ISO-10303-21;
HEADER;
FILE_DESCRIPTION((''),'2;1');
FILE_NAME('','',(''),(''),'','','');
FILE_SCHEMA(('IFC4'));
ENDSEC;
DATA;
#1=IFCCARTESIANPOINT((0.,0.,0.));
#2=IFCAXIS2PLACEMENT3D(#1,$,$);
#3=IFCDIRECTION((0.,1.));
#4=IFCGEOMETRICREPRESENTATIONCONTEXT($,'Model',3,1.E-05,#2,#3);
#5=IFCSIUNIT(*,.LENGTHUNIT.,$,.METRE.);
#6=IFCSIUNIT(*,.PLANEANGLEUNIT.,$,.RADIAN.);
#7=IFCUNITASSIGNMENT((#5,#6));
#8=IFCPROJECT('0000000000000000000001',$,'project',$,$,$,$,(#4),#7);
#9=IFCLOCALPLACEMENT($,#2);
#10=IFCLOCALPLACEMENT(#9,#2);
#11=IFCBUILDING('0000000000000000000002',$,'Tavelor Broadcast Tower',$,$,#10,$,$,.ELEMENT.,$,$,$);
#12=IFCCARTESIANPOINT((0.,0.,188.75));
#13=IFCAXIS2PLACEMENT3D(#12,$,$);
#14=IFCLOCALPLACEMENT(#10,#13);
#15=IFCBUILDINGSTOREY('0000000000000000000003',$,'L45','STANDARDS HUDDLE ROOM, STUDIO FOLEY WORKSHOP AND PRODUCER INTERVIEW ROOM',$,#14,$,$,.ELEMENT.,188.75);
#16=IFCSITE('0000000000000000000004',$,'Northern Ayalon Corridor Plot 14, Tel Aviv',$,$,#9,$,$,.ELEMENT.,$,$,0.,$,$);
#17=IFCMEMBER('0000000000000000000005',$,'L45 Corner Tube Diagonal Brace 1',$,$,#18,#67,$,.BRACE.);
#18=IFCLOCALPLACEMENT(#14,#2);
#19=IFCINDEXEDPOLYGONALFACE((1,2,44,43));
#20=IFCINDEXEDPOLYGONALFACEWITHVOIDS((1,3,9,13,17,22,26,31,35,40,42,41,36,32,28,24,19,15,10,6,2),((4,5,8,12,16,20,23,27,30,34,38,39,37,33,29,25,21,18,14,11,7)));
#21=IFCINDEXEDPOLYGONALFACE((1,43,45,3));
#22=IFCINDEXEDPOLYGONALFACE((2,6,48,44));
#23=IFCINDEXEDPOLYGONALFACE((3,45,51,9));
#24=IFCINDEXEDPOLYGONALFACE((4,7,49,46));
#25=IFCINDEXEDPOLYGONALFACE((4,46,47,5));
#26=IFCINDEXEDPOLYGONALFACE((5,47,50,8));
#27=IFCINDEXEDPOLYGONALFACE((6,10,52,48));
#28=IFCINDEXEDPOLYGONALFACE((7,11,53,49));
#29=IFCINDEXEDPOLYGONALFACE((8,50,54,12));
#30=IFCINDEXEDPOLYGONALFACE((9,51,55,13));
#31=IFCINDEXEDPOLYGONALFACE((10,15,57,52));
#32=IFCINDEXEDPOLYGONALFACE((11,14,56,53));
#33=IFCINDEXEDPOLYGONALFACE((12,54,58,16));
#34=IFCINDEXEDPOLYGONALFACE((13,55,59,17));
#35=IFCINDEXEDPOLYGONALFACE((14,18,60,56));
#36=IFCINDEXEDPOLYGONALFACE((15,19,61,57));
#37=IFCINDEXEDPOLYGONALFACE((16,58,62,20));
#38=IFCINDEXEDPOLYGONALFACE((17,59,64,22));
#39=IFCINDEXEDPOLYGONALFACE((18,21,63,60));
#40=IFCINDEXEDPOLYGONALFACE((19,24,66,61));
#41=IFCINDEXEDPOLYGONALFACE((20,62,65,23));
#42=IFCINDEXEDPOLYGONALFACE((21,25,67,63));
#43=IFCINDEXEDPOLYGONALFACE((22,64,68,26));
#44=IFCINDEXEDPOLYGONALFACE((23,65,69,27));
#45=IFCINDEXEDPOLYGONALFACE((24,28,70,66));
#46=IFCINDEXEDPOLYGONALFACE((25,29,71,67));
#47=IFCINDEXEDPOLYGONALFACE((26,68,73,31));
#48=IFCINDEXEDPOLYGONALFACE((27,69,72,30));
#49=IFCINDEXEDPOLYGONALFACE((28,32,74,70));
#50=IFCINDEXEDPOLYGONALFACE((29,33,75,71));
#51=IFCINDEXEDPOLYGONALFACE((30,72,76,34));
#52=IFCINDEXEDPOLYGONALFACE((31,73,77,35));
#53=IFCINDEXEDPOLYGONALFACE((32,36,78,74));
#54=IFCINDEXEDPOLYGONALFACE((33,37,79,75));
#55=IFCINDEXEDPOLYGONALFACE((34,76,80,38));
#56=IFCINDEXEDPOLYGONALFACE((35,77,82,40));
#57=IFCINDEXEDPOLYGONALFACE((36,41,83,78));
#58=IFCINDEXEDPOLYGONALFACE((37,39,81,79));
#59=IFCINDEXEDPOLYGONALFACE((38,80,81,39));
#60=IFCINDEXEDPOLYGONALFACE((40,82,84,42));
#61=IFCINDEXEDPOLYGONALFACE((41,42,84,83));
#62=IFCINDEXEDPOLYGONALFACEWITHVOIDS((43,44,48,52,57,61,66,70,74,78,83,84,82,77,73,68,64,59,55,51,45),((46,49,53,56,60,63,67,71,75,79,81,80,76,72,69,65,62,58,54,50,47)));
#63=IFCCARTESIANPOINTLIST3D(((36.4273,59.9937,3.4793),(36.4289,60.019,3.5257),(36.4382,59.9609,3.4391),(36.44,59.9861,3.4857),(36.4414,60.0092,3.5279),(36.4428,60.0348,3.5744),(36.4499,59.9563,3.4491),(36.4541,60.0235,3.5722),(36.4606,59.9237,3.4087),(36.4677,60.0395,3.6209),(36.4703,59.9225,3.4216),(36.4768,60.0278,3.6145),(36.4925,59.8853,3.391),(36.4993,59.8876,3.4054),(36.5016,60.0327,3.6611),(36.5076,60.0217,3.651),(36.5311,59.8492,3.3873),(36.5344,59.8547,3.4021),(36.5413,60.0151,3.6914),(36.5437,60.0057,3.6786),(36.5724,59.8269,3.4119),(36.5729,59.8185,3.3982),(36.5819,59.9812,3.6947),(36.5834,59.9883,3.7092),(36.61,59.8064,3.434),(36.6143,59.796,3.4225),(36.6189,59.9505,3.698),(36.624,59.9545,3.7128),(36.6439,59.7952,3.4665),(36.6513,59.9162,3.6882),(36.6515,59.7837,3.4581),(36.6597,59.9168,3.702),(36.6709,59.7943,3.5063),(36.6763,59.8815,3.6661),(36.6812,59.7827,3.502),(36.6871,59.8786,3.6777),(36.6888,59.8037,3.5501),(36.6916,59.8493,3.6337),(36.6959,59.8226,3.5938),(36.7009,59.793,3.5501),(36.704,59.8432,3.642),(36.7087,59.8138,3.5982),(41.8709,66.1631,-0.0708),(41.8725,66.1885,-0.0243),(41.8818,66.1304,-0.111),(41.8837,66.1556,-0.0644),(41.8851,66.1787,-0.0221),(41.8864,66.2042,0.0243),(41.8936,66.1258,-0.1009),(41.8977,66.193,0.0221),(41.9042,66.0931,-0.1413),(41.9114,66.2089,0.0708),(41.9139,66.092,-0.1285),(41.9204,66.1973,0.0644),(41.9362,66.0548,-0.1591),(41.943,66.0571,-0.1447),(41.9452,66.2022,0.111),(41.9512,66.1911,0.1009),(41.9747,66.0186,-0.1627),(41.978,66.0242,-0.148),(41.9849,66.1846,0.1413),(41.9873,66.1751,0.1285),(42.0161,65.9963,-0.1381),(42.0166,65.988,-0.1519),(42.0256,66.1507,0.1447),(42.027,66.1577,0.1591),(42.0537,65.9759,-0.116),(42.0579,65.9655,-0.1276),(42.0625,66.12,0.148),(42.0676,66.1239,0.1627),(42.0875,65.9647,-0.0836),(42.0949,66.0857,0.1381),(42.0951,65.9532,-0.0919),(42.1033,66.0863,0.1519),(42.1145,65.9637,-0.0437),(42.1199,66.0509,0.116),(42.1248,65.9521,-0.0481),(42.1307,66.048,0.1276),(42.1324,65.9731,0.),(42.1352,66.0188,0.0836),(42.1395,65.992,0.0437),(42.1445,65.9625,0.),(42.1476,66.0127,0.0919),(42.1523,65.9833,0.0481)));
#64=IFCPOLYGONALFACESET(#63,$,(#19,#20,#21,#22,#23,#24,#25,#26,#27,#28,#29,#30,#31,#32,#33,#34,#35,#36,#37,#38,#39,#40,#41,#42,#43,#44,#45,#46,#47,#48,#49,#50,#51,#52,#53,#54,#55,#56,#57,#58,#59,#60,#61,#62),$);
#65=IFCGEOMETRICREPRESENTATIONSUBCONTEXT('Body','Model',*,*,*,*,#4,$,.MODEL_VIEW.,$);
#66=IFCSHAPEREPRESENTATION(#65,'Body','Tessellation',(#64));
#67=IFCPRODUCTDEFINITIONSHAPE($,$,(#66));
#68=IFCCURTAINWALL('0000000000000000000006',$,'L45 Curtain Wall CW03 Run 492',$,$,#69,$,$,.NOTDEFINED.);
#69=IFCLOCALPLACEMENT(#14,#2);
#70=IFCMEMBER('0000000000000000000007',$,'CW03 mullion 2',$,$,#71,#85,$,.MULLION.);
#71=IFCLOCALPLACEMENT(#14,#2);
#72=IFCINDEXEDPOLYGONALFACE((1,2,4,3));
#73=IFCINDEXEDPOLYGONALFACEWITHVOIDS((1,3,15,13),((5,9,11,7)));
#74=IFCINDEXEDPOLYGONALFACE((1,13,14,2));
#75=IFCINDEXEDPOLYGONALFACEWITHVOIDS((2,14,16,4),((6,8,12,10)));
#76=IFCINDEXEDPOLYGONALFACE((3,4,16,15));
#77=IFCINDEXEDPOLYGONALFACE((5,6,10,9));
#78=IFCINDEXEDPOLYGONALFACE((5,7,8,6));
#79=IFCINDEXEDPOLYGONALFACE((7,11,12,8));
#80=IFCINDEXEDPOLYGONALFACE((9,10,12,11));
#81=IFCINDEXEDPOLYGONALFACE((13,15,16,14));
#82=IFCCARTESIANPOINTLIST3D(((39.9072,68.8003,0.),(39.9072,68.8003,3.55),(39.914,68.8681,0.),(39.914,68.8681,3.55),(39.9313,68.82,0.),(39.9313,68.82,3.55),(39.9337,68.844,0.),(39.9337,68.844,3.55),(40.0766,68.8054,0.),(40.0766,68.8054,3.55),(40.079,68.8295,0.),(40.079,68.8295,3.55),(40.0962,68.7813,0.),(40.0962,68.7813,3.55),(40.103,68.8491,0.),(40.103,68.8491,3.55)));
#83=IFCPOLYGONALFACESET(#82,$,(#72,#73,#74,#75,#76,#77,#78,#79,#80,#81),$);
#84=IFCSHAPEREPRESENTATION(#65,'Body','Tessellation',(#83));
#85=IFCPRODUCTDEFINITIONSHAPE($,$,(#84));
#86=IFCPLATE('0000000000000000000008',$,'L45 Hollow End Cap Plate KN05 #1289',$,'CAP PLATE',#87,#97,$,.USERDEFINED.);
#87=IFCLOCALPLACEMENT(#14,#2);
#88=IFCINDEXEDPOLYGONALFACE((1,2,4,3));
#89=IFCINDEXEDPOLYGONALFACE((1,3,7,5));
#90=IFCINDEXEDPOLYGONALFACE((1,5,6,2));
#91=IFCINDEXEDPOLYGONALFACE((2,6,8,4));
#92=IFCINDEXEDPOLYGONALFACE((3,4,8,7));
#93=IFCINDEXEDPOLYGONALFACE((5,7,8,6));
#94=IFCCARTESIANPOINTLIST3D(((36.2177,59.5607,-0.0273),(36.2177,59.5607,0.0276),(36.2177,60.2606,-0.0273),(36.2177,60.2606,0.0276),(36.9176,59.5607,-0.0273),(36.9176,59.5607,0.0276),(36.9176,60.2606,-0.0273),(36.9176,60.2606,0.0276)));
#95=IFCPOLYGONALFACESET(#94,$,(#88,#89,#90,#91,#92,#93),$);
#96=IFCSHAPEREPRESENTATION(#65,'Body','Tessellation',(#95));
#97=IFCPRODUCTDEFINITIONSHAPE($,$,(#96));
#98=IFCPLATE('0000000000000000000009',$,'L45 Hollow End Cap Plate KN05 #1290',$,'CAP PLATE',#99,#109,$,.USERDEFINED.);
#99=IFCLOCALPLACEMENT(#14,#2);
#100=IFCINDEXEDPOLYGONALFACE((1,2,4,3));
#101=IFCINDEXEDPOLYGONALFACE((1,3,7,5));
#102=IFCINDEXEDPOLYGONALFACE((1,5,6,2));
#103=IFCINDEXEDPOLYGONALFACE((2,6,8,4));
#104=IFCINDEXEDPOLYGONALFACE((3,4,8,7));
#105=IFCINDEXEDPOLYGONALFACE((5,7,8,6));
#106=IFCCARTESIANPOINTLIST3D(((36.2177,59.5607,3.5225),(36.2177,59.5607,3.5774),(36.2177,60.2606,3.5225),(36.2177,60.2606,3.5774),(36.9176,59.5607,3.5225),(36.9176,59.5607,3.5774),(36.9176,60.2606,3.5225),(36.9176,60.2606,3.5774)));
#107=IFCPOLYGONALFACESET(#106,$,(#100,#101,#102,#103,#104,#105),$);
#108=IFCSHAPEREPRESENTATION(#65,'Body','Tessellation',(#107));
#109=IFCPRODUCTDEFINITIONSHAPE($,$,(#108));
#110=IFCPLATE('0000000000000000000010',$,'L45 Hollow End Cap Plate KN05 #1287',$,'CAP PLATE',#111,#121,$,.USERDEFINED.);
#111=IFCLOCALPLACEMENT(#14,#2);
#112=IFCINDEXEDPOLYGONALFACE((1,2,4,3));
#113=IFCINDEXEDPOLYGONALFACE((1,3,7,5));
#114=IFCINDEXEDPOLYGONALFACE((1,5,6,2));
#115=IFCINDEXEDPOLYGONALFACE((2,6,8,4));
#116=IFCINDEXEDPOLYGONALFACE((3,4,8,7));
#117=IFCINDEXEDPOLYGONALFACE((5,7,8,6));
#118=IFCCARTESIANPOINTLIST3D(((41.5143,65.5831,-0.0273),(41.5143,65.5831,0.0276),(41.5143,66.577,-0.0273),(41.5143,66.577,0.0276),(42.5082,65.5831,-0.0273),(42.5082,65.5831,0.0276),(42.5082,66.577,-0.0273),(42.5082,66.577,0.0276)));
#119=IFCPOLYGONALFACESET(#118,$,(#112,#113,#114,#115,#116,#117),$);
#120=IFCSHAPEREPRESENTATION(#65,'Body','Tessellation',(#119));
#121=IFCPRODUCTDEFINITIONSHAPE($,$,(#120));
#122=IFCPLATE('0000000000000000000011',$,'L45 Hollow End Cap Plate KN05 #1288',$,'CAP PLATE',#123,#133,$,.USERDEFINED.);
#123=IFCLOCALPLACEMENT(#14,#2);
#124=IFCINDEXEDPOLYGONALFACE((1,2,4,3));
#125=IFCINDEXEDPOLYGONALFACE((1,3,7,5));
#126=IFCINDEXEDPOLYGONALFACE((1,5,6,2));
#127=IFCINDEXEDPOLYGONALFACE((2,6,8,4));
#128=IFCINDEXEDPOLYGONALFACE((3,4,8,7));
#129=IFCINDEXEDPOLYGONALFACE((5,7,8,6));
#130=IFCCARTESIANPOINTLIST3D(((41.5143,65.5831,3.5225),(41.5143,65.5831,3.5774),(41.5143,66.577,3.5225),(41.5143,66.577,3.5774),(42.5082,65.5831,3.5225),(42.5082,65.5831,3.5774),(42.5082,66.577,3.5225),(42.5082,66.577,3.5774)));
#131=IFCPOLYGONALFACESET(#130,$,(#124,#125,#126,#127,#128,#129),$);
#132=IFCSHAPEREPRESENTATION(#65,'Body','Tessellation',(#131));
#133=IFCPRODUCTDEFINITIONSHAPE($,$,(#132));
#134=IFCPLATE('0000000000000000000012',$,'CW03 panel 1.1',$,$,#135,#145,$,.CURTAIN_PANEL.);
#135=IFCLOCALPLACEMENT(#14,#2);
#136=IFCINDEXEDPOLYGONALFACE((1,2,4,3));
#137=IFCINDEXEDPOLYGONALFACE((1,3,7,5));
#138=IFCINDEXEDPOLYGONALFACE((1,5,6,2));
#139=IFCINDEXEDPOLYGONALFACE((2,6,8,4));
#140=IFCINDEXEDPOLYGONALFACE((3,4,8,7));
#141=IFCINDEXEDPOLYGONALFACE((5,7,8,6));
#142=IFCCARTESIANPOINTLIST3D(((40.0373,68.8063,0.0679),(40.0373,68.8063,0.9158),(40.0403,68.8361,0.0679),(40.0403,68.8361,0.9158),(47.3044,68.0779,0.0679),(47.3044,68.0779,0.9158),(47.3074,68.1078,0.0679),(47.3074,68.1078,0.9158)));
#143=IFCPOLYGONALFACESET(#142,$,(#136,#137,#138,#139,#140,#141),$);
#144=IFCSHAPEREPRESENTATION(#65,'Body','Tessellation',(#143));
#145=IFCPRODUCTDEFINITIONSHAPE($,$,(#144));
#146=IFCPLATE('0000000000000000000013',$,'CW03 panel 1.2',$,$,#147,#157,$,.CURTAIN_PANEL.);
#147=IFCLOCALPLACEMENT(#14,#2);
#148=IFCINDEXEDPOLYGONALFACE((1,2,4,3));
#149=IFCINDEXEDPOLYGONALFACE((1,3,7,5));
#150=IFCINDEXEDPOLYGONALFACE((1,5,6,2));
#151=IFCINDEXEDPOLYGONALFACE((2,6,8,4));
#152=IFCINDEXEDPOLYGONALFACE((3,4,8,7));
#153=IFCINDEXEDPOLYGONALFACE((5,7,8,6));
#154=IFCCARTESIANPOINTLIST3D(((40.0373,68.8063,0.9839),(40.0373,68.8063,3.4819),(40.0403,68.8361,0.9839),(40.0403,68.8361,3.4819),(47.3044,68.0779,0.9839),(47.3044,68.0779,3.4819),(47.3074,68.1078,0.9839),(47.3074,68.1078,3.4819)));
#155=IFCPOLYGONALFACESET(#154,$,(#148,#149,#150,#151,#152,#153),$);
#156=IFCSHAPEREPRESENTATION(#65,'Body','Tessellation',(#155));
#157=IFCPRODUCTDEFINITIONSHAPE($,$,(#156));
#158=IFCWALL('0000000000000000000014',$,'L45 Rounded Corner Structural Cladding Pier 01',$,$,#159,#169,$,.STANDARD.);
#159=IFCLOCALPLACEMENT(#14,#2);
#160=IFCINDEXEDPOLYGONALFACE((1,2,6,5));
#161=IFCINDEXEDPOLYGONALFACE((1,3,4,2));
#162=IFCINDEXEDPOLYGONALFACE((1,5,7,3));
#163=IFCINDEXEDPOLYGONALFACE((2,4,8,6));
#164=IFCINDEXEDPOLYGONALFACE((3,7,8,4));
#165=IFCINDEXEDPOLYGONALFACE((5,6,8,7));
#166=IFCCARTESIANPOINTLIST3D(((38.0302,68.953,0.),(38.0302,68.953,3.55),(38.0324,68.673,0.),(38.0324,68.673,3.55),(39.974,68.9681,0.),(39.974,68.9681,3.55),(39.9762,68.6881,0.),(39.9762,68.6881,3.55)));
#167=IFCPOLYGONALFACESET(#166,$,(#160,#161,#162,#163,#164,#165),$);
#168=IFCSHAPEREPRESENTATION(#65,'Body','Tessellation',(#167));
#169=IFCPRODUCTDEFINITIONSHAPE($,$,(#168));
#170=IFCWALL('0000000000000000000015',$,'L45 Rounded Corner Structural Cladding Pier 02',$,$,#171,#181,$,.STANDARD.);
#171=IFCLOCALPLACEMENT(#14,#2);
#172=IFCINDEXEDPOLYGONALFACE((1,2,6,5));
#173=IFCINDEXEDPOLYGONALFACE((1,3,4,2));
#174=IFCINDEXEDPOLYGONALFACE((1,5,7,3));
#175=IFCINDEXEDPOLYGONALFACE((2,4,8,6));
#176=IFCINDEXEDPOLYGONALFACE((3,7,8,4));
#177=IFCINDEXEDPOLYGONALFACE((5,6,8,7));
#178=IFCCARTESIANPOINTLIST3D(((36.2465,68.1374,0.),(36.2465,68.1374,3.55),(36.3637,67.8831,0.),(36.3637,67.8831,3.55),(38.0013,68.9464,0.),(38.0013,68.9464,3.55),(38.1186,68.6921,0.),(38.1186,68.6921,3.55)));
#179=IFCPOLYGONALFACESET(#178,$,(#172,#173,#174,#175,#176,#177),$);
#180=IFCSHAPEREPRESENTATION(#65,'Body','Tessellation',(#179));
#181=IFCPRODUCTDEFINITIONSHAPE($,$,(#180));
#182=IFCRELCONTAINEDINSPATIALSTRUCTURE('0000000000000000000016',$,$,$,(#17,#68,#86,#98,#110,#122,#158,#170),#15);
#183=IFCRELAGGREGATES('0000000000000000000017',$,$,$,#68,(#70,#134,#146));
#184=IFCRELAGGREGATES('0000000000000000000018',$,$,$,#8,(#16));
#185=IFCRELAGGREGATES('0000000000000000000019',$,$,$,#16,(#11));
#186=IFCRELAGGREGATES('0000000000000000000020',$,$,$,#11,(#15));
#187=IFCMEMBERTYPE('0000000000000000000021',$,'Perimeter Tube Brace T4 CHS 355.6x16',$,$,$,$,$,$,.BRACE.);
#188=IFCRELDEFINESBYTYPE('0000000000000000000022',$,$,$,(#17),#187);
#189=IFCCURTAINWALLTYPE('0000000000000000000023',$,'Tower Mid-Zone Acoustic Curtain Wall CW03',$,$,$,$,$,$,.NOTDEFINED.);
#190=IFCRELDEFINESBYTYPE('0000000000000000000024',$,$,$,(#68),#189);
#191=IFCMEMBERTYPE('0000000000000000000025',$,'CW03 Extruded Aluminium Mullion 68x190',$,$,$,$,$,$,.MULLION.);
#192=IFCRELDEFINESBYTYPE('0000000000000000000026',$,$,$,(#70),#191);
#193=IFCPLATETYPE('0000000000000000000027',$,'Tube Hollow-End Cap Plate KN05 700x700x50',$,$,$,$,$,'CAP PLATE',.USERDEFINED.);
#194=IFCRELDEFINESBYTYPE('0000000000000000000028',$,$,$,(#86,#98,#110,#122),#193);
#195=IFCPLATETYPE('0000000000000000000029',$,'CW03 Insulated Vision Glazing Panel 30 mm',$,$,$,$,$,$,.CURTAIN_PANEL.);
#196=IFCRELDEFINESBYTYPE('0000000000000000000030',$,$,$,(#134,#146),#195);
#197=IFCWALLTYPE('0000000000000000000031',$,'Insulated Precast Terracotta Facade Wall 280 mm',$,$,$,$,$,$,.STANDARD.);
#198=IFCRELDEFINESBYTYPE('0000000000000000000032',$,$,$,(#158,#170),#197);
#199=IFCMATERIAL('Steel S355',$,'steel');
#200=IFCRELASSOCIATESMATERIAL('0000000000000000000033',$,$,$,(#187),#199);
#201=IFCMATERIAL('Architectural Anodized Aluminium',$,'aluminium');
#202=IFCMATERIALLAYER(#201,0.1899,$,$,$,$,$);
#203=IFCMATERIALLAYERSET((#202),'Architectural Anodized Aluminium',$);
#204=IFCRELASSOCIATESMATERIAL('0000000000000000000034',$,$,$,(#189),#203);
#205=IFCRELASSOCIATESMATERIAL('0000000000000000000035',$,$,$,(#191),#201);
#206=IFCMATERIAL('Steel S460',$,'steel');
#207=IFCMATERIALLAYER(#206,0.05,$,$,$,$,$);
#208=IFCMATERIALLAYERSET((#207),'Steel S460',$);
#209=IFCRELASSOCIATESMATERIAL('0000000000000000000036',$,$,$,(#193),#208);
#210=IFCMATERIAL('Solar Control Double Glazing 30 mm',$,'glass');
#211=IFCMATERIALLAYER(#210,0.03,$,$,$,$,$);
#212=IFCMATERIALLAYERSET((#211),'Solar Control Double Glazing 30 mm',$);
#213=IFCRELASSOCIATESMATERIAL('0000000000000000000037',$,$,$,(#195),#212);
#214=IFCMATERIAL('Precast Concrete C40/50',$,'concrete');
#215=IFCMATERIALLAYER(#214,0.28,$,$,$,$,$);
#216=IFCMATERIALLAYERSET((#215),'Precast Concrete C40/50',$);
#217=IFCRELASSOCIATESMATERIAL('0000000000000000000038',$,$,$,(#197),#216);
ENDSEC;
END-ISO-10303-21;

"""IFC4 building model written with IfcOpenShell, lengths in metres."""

from ifc_helpers import new_model, si_unit, direction, frame, frame_2d, origin, origin_2d, place, context, subcontext, project, spatial, rectangle, hollow_rectangle, hollow_circle, extrude, source, transform, mapped, material, layer, layer_set, material_profile, profile_set, type_object, type_shapes, element, aggregate, save


model = new_model("IFC4")

# Units and contexts
model_context = context("Model", 3, precision=1e-05, world=origin(), true_north=direction((0.0, 1.0)))
body_context = subcontext(model_context, "Body", "Model", "MODEL_VIEW")
ifc_project = project(units=[si_unit("LENGTHUNIT", "METRE"), si_unit("PLANEANGLEUNIT", "RADIAN")], contexts=[model_context])

# Site, building, storey
site_placement = place(None, origin())
site = spatial("IfcSite", under=ifc_project, at=site_placement, Name="Northern Ayalon Corridor Plot 14, Tel Aviv", CompositionType="ELEMENT", RefElevation=0.0)
building_placement = place(site_placement, origin())
building = spatial("IfcBuilding", under=site, at=building_placement, Name="Tavelor Broadcast Tower", CompositionType="ELEMENT")
storey_placement = place(building_placement, frame((0.0, 0.0, 188.75)))
storey = spatial("IfcBuildingStorey", under=building, at=storey_placement, Name="L45", Description="STANDARDS HUDDLE ROOM, STUDIO FOLEY WORKSHOP AND PRODUCER INTERVIEW ROOM", CompositionType="ELEMENT", Elevation=188.75)

# Shared definitions
ifc_material_1 = material(Name="Steel S460", Category="steel")

# Shared definitions
ifc_material_2 = material(Name="Steel S355", Category="steel")

# Member
ifc_material_profile_1 = material_profile(ifc_material_2, hollow_circle(Radius=0.1777, WallThickness=0.0161, at=origin_2d()), Name="CHS 355.6x16")
ifc_profile_set_1 = profile_set([ifc_material_profile_1], Name="Steel S355")
member_type_1 = type_object("IfcMemberType", Name="Perimeter Tube Brace T4 CHS 355.6x16", PredefinedType="BRACE", material=ifc_profile_set_1)
member_1_placement = place(storey_placement, frame((42.0112, 66.0801, 0.0), z_axis=(-0.607485, -0.688484, 0.396171), x_axis=(0.749839, -0.661621, 0.0)))
element("IfcMember", 1, at=member_1_placement, inside=storey, type_object=member_type_1, Name="L45 Corner Tube Diagonal Brace 1", PredefinedType="BRACE", context=body_context, shape_type="SweptSolid", body=[
    extrude(hollow_circle(Radius=0.1777, WallThickness=0.0161, at=origin_2d()), origin(), (0.0, 0.0, 1.0), 8.9609),
])

# Curtain wall, member
ifc_material_3 = material(Name="Architectural Anodized Aluminium", Category="aluminium")
ifc_layer_1 = layer(ifc_material_3, 0.1899)
ifc_layer_set_1 = layer_set([ifc_layer_1], Name="Architectural Anodized Aluminium")
curtain_wall_type = type_object("IfcCurtainWallType", Name="Tower Mid-Zone Acoustic Curtain Wall CW03", PredefinedType="NOTDEFINED", material=ifc_layer_set_1)
curtain_wall_placement = place(storey_placement, origin())
curtain_wall = element("IfcCurtainWall", 2, at=curtain_wall_placement, inside=storey, type_object=curtain_wall_type, Name="L45 Curtain Wall CW03 Run 492", PredefinedType="NOTDEFINED")
ifc_material_profile_2 = material_profile(ifc_material_3, hollow_rectangle(XDim=0.0681, YDim=0.1899, WallThickness=0.022, at=origin_2d()), Name="RHS 68x190x22")
ifc_profile_set_2 = profile_set([ifc_material_profile_2], Name="Architectural Anodized Aluminium")
member_type_2 = type_object("IfcMemberType", Name="CW03 Extruded Aluminium Mullion 68x190", PredefinedType="MULLION", material=ifc_profile_set_2)
shared_shape_1 = source(origin(), body_context, "Body", "SweptSolid", [
    extrude(hollow_rectangle(XDim=0.0681, YDim=0.1899, WallThickness=0.022, at=origin_2d()), origin(), (0.0, 0.0, 1.0), 3.55),
])
type_shapes(member_type_2, [shared_shape_1])
member_2_placement = place(storey_placement, frame((40.0051, 68.8247, 0.0), z_axis=(0.0, 0.0, 1.0), x_axis=(-0.099723, -0.995015, 0.0)))
member_2 = element("IfcMember", 3, at=member_2_placement, type_object=member_type_2, Name="CW03 mullion 2", PredefinedType="MULLION", context=body_context, shape_type="MappedRepresentation", body=[
    mapped(shared_shape_1, transform((0.0, 0.0, 0.0), scale=1.0)),
])

# Plates
ifc_layer_2 = layer(ifc_material_1, 0.05)
ifc_layer_set_2 = layer_set([ifc_layer_2], Name="Steel S460")
plate_type_1 = type_object("IfcPlateType", Name="Tube Hollow-End Cap Plate KN05 700x700x50", ElementType="CAP PLATE", PredefinedType="USERDEFINED", material=ifc_layer_set_2)
shared_shape_2 = source(origin(), body_context, "Body", "SweptSolid", [
    extrude(rectangle(XDim=0.7, YDim=0.7, at=origin_2d()), origin(), (0.0, 0.0, 1.0), 0.0549),
])
for number, where, z_axis, x_axis, name in (
    (4, (36.5676, 59.9106, -0.0273), (0.0, 0.0, 1.0), (1.0, 0.0, 0.0), "L45 Hollow End Cap Plate KN05 #1289"),
    (5, (36.5676, 59.9106, 3.5225), (0.0, 0.0, 1.0), (1.0, 0.0, 0.0), "L45 Hollow End Cap Plate KN05 #1290"),
):
    element("IfcPlate", number, at=place(storey_placement, frame(where, z_axis=z_axis, x_axis=x_axis)), inside=storey, type_object=plate_type_1, Name=name, ObjectType="CAP PLATE", PredefinedType="USERDEFINED", context=body_context, shape_type="MappedRepresentation", body=[
        mapped(shared_shape_2, transform((0.0, 0.0, 0.0), scale=1.0)),
    ])
shared_shape_3 = source(origin(), body_context, "Body", "SweptSolid", [
    extrude(rectangle(XDim=0.9939, YDim=0.9939, at=origin_2d()), origin(), (0.0, 0.0, 1.0), 0.0549),
])
type_shapes(plate_type_1, [shared_shape_2, shared_shape_3])
for number, where, z_axis, x_axis, name in (
    (6, (42.0112, 66.0801, -0.0273), (0.0, 0.0, 1.0), (1.0, 0.0, 0.0), "L45 Hollow End Cap Plate KN05 #1287"),
    (7, (42.0112, 66.0801, 3.5225), (0.0, 0.0, 1.0), (1.0, 0.0, 0.0), "L45 Hollow End Cap Plate KN05 #1288"),
):
    element("IfcPlate", number, at=place(storey_placement, frame(where, z_axis=z_axis, x_axis=x_axis)), inside=storey, type_object=plate_type_1, Name=name, ObjectType="CAP PLATE", PredefinedType="USERDEFINED", context=body_context, shape_type="MappedRepresentation", body=[
        mapped(shared_shape_3, transform((0.0, 0.0, 0.0), scale=1.0)),
    ])

# Plates
ifc_material_4 = material(Name="Solar Control Double Glazing 30 mm", Category="glass")
ifc_layer_3 = layer(ifc_material_4, 0.03)
ifc_layer_set_3 = layer_set([ifc_layer_3], Name="Solar Control Double Glazing 30 mm")
plate_type_2 = type_object("IfcPlateType", Name="CW03 Insulated Vision Glazing Panel 30 mm", PredefinedType="CURTAIN_PANEL", material=ifc_layer_set_3)
shared_shape_4 = source(origin(), body_context, "Body", "SweptSolid", [
    extrude(rectangle(XDim=7.3035, YDim=0.03, at=origin_2d()), origin(), (0.0, 0.0, 1.0), 0.8479),
])
plate_1_placement = place(storey_placement, frame((43.6724, 68.457, 0.0679), z_axis=(0.0, 0.0, 1.0), x_axis=(-0.995015, 0.099723, 0.0)))
plate_1 = element("IfcPlate", 8, at=plate_1_placement, type_object=plate_type_2, Name="CW03 panel 1.1", PredefinedType="CURTAIN_PANEL", context=body_context, shape_type="MappedRepresentation", body=[
    mapped(shared_shape_4, transform((0.0, 0.0, 0.0), scale=1.0)),
])
shared_shape_5 = source(origin(), body_context, "Body", "SweptSolid", [
    extrude(rectangle(XDim=7.3035, YDim=0.03, at=origin_2d()), origin(), (0.0, 0.0, 1.0), 2.498),
])
type_shapes(plate_type_2, [shared_shape_4, shared_shape_5])
plate_2_placement = place(storey_placement, frame((43.6724, 68.457, 0.9839), z_axis=(0.0, 0.0, 1.0), x_axis=(-0.995015, 0.099723, 0.0)))
plate_2 = element("IfcPlate", 9, at=plate_2_placement, type_object=plate_type_2, Name="CW03 panel 1.2", PredefinedType="CURTAIN_PANEL", context=body_context, shape_type="MappedRepresentation", body=[
    mapped(shared_shape_5, transform((0.0, 0.0, 0.0), scale=1.0)),
])
aggregate(curtain_wall, [member_2, plate_1, plate_2])

# Walls
ifc_material_5 = material(Name="Precast Concrete C40/50", Category="concrete")
ifc_layer_4 = layer(ifc_material_5, 0.28)
ifc_layer_set_4 = layer_set([ifc_layer_4], Name="Precast Concrete C40/50")
wall_type_1 = type_object("IfcWallType", Name="Insulated Precast Terracotta Facade Wall 280 mm", PredefinedType="STANDARD", material=ifc_layer_set_4)
wall_1_placement = place(storey_placement, frame((39.9751, 68.8281, 0.0), z_axis=(0.0, 0.0, 1.0), x_axis=(-0.99997, -0.007787, 0.0)))
element("IfcWall", 10, at=wall_1_placement, inside=storey, type_object=wall_type_1, Name="L45 Rounded Corner Structural Cladding Pier 01", PredefinedType="STANDARD", context=body_context, shape_type="SweptSolid", body=[
    extrude(rectangle(XDim=1.9438, YDim=0.28, at=frame_2d((0.9719, 0.0))), origin(), (0.0, 0.0, 1.0), 3.55),
])
for number, where, z_axis, x_axis, name in (
    (11, (38.0601, 68.8193, 0.0), (0.0, 0.0, 1.0), (-0.908129, -0.41869, 0.0), "L45 Rounded Corner Structural Cladding Pier 02"),
):
    element("IfcWall", number, at=place(storey_placement, frame(where, z_axis=z_axis, x_axis=x_axis)), inside=storey, type_object=wall_type_1, Name=name, PredefinedType="STANDARD", context=body_context, shape_type="SweptSolid", body=[
        extrude(rectangle(XDim=1.9324, YDim=0.28, at=frame_2d((0.9663, 0.0))), origin(), (0.0, 0.0, 1.0), 3.55),
    ])

save(model, "model.ifc")
